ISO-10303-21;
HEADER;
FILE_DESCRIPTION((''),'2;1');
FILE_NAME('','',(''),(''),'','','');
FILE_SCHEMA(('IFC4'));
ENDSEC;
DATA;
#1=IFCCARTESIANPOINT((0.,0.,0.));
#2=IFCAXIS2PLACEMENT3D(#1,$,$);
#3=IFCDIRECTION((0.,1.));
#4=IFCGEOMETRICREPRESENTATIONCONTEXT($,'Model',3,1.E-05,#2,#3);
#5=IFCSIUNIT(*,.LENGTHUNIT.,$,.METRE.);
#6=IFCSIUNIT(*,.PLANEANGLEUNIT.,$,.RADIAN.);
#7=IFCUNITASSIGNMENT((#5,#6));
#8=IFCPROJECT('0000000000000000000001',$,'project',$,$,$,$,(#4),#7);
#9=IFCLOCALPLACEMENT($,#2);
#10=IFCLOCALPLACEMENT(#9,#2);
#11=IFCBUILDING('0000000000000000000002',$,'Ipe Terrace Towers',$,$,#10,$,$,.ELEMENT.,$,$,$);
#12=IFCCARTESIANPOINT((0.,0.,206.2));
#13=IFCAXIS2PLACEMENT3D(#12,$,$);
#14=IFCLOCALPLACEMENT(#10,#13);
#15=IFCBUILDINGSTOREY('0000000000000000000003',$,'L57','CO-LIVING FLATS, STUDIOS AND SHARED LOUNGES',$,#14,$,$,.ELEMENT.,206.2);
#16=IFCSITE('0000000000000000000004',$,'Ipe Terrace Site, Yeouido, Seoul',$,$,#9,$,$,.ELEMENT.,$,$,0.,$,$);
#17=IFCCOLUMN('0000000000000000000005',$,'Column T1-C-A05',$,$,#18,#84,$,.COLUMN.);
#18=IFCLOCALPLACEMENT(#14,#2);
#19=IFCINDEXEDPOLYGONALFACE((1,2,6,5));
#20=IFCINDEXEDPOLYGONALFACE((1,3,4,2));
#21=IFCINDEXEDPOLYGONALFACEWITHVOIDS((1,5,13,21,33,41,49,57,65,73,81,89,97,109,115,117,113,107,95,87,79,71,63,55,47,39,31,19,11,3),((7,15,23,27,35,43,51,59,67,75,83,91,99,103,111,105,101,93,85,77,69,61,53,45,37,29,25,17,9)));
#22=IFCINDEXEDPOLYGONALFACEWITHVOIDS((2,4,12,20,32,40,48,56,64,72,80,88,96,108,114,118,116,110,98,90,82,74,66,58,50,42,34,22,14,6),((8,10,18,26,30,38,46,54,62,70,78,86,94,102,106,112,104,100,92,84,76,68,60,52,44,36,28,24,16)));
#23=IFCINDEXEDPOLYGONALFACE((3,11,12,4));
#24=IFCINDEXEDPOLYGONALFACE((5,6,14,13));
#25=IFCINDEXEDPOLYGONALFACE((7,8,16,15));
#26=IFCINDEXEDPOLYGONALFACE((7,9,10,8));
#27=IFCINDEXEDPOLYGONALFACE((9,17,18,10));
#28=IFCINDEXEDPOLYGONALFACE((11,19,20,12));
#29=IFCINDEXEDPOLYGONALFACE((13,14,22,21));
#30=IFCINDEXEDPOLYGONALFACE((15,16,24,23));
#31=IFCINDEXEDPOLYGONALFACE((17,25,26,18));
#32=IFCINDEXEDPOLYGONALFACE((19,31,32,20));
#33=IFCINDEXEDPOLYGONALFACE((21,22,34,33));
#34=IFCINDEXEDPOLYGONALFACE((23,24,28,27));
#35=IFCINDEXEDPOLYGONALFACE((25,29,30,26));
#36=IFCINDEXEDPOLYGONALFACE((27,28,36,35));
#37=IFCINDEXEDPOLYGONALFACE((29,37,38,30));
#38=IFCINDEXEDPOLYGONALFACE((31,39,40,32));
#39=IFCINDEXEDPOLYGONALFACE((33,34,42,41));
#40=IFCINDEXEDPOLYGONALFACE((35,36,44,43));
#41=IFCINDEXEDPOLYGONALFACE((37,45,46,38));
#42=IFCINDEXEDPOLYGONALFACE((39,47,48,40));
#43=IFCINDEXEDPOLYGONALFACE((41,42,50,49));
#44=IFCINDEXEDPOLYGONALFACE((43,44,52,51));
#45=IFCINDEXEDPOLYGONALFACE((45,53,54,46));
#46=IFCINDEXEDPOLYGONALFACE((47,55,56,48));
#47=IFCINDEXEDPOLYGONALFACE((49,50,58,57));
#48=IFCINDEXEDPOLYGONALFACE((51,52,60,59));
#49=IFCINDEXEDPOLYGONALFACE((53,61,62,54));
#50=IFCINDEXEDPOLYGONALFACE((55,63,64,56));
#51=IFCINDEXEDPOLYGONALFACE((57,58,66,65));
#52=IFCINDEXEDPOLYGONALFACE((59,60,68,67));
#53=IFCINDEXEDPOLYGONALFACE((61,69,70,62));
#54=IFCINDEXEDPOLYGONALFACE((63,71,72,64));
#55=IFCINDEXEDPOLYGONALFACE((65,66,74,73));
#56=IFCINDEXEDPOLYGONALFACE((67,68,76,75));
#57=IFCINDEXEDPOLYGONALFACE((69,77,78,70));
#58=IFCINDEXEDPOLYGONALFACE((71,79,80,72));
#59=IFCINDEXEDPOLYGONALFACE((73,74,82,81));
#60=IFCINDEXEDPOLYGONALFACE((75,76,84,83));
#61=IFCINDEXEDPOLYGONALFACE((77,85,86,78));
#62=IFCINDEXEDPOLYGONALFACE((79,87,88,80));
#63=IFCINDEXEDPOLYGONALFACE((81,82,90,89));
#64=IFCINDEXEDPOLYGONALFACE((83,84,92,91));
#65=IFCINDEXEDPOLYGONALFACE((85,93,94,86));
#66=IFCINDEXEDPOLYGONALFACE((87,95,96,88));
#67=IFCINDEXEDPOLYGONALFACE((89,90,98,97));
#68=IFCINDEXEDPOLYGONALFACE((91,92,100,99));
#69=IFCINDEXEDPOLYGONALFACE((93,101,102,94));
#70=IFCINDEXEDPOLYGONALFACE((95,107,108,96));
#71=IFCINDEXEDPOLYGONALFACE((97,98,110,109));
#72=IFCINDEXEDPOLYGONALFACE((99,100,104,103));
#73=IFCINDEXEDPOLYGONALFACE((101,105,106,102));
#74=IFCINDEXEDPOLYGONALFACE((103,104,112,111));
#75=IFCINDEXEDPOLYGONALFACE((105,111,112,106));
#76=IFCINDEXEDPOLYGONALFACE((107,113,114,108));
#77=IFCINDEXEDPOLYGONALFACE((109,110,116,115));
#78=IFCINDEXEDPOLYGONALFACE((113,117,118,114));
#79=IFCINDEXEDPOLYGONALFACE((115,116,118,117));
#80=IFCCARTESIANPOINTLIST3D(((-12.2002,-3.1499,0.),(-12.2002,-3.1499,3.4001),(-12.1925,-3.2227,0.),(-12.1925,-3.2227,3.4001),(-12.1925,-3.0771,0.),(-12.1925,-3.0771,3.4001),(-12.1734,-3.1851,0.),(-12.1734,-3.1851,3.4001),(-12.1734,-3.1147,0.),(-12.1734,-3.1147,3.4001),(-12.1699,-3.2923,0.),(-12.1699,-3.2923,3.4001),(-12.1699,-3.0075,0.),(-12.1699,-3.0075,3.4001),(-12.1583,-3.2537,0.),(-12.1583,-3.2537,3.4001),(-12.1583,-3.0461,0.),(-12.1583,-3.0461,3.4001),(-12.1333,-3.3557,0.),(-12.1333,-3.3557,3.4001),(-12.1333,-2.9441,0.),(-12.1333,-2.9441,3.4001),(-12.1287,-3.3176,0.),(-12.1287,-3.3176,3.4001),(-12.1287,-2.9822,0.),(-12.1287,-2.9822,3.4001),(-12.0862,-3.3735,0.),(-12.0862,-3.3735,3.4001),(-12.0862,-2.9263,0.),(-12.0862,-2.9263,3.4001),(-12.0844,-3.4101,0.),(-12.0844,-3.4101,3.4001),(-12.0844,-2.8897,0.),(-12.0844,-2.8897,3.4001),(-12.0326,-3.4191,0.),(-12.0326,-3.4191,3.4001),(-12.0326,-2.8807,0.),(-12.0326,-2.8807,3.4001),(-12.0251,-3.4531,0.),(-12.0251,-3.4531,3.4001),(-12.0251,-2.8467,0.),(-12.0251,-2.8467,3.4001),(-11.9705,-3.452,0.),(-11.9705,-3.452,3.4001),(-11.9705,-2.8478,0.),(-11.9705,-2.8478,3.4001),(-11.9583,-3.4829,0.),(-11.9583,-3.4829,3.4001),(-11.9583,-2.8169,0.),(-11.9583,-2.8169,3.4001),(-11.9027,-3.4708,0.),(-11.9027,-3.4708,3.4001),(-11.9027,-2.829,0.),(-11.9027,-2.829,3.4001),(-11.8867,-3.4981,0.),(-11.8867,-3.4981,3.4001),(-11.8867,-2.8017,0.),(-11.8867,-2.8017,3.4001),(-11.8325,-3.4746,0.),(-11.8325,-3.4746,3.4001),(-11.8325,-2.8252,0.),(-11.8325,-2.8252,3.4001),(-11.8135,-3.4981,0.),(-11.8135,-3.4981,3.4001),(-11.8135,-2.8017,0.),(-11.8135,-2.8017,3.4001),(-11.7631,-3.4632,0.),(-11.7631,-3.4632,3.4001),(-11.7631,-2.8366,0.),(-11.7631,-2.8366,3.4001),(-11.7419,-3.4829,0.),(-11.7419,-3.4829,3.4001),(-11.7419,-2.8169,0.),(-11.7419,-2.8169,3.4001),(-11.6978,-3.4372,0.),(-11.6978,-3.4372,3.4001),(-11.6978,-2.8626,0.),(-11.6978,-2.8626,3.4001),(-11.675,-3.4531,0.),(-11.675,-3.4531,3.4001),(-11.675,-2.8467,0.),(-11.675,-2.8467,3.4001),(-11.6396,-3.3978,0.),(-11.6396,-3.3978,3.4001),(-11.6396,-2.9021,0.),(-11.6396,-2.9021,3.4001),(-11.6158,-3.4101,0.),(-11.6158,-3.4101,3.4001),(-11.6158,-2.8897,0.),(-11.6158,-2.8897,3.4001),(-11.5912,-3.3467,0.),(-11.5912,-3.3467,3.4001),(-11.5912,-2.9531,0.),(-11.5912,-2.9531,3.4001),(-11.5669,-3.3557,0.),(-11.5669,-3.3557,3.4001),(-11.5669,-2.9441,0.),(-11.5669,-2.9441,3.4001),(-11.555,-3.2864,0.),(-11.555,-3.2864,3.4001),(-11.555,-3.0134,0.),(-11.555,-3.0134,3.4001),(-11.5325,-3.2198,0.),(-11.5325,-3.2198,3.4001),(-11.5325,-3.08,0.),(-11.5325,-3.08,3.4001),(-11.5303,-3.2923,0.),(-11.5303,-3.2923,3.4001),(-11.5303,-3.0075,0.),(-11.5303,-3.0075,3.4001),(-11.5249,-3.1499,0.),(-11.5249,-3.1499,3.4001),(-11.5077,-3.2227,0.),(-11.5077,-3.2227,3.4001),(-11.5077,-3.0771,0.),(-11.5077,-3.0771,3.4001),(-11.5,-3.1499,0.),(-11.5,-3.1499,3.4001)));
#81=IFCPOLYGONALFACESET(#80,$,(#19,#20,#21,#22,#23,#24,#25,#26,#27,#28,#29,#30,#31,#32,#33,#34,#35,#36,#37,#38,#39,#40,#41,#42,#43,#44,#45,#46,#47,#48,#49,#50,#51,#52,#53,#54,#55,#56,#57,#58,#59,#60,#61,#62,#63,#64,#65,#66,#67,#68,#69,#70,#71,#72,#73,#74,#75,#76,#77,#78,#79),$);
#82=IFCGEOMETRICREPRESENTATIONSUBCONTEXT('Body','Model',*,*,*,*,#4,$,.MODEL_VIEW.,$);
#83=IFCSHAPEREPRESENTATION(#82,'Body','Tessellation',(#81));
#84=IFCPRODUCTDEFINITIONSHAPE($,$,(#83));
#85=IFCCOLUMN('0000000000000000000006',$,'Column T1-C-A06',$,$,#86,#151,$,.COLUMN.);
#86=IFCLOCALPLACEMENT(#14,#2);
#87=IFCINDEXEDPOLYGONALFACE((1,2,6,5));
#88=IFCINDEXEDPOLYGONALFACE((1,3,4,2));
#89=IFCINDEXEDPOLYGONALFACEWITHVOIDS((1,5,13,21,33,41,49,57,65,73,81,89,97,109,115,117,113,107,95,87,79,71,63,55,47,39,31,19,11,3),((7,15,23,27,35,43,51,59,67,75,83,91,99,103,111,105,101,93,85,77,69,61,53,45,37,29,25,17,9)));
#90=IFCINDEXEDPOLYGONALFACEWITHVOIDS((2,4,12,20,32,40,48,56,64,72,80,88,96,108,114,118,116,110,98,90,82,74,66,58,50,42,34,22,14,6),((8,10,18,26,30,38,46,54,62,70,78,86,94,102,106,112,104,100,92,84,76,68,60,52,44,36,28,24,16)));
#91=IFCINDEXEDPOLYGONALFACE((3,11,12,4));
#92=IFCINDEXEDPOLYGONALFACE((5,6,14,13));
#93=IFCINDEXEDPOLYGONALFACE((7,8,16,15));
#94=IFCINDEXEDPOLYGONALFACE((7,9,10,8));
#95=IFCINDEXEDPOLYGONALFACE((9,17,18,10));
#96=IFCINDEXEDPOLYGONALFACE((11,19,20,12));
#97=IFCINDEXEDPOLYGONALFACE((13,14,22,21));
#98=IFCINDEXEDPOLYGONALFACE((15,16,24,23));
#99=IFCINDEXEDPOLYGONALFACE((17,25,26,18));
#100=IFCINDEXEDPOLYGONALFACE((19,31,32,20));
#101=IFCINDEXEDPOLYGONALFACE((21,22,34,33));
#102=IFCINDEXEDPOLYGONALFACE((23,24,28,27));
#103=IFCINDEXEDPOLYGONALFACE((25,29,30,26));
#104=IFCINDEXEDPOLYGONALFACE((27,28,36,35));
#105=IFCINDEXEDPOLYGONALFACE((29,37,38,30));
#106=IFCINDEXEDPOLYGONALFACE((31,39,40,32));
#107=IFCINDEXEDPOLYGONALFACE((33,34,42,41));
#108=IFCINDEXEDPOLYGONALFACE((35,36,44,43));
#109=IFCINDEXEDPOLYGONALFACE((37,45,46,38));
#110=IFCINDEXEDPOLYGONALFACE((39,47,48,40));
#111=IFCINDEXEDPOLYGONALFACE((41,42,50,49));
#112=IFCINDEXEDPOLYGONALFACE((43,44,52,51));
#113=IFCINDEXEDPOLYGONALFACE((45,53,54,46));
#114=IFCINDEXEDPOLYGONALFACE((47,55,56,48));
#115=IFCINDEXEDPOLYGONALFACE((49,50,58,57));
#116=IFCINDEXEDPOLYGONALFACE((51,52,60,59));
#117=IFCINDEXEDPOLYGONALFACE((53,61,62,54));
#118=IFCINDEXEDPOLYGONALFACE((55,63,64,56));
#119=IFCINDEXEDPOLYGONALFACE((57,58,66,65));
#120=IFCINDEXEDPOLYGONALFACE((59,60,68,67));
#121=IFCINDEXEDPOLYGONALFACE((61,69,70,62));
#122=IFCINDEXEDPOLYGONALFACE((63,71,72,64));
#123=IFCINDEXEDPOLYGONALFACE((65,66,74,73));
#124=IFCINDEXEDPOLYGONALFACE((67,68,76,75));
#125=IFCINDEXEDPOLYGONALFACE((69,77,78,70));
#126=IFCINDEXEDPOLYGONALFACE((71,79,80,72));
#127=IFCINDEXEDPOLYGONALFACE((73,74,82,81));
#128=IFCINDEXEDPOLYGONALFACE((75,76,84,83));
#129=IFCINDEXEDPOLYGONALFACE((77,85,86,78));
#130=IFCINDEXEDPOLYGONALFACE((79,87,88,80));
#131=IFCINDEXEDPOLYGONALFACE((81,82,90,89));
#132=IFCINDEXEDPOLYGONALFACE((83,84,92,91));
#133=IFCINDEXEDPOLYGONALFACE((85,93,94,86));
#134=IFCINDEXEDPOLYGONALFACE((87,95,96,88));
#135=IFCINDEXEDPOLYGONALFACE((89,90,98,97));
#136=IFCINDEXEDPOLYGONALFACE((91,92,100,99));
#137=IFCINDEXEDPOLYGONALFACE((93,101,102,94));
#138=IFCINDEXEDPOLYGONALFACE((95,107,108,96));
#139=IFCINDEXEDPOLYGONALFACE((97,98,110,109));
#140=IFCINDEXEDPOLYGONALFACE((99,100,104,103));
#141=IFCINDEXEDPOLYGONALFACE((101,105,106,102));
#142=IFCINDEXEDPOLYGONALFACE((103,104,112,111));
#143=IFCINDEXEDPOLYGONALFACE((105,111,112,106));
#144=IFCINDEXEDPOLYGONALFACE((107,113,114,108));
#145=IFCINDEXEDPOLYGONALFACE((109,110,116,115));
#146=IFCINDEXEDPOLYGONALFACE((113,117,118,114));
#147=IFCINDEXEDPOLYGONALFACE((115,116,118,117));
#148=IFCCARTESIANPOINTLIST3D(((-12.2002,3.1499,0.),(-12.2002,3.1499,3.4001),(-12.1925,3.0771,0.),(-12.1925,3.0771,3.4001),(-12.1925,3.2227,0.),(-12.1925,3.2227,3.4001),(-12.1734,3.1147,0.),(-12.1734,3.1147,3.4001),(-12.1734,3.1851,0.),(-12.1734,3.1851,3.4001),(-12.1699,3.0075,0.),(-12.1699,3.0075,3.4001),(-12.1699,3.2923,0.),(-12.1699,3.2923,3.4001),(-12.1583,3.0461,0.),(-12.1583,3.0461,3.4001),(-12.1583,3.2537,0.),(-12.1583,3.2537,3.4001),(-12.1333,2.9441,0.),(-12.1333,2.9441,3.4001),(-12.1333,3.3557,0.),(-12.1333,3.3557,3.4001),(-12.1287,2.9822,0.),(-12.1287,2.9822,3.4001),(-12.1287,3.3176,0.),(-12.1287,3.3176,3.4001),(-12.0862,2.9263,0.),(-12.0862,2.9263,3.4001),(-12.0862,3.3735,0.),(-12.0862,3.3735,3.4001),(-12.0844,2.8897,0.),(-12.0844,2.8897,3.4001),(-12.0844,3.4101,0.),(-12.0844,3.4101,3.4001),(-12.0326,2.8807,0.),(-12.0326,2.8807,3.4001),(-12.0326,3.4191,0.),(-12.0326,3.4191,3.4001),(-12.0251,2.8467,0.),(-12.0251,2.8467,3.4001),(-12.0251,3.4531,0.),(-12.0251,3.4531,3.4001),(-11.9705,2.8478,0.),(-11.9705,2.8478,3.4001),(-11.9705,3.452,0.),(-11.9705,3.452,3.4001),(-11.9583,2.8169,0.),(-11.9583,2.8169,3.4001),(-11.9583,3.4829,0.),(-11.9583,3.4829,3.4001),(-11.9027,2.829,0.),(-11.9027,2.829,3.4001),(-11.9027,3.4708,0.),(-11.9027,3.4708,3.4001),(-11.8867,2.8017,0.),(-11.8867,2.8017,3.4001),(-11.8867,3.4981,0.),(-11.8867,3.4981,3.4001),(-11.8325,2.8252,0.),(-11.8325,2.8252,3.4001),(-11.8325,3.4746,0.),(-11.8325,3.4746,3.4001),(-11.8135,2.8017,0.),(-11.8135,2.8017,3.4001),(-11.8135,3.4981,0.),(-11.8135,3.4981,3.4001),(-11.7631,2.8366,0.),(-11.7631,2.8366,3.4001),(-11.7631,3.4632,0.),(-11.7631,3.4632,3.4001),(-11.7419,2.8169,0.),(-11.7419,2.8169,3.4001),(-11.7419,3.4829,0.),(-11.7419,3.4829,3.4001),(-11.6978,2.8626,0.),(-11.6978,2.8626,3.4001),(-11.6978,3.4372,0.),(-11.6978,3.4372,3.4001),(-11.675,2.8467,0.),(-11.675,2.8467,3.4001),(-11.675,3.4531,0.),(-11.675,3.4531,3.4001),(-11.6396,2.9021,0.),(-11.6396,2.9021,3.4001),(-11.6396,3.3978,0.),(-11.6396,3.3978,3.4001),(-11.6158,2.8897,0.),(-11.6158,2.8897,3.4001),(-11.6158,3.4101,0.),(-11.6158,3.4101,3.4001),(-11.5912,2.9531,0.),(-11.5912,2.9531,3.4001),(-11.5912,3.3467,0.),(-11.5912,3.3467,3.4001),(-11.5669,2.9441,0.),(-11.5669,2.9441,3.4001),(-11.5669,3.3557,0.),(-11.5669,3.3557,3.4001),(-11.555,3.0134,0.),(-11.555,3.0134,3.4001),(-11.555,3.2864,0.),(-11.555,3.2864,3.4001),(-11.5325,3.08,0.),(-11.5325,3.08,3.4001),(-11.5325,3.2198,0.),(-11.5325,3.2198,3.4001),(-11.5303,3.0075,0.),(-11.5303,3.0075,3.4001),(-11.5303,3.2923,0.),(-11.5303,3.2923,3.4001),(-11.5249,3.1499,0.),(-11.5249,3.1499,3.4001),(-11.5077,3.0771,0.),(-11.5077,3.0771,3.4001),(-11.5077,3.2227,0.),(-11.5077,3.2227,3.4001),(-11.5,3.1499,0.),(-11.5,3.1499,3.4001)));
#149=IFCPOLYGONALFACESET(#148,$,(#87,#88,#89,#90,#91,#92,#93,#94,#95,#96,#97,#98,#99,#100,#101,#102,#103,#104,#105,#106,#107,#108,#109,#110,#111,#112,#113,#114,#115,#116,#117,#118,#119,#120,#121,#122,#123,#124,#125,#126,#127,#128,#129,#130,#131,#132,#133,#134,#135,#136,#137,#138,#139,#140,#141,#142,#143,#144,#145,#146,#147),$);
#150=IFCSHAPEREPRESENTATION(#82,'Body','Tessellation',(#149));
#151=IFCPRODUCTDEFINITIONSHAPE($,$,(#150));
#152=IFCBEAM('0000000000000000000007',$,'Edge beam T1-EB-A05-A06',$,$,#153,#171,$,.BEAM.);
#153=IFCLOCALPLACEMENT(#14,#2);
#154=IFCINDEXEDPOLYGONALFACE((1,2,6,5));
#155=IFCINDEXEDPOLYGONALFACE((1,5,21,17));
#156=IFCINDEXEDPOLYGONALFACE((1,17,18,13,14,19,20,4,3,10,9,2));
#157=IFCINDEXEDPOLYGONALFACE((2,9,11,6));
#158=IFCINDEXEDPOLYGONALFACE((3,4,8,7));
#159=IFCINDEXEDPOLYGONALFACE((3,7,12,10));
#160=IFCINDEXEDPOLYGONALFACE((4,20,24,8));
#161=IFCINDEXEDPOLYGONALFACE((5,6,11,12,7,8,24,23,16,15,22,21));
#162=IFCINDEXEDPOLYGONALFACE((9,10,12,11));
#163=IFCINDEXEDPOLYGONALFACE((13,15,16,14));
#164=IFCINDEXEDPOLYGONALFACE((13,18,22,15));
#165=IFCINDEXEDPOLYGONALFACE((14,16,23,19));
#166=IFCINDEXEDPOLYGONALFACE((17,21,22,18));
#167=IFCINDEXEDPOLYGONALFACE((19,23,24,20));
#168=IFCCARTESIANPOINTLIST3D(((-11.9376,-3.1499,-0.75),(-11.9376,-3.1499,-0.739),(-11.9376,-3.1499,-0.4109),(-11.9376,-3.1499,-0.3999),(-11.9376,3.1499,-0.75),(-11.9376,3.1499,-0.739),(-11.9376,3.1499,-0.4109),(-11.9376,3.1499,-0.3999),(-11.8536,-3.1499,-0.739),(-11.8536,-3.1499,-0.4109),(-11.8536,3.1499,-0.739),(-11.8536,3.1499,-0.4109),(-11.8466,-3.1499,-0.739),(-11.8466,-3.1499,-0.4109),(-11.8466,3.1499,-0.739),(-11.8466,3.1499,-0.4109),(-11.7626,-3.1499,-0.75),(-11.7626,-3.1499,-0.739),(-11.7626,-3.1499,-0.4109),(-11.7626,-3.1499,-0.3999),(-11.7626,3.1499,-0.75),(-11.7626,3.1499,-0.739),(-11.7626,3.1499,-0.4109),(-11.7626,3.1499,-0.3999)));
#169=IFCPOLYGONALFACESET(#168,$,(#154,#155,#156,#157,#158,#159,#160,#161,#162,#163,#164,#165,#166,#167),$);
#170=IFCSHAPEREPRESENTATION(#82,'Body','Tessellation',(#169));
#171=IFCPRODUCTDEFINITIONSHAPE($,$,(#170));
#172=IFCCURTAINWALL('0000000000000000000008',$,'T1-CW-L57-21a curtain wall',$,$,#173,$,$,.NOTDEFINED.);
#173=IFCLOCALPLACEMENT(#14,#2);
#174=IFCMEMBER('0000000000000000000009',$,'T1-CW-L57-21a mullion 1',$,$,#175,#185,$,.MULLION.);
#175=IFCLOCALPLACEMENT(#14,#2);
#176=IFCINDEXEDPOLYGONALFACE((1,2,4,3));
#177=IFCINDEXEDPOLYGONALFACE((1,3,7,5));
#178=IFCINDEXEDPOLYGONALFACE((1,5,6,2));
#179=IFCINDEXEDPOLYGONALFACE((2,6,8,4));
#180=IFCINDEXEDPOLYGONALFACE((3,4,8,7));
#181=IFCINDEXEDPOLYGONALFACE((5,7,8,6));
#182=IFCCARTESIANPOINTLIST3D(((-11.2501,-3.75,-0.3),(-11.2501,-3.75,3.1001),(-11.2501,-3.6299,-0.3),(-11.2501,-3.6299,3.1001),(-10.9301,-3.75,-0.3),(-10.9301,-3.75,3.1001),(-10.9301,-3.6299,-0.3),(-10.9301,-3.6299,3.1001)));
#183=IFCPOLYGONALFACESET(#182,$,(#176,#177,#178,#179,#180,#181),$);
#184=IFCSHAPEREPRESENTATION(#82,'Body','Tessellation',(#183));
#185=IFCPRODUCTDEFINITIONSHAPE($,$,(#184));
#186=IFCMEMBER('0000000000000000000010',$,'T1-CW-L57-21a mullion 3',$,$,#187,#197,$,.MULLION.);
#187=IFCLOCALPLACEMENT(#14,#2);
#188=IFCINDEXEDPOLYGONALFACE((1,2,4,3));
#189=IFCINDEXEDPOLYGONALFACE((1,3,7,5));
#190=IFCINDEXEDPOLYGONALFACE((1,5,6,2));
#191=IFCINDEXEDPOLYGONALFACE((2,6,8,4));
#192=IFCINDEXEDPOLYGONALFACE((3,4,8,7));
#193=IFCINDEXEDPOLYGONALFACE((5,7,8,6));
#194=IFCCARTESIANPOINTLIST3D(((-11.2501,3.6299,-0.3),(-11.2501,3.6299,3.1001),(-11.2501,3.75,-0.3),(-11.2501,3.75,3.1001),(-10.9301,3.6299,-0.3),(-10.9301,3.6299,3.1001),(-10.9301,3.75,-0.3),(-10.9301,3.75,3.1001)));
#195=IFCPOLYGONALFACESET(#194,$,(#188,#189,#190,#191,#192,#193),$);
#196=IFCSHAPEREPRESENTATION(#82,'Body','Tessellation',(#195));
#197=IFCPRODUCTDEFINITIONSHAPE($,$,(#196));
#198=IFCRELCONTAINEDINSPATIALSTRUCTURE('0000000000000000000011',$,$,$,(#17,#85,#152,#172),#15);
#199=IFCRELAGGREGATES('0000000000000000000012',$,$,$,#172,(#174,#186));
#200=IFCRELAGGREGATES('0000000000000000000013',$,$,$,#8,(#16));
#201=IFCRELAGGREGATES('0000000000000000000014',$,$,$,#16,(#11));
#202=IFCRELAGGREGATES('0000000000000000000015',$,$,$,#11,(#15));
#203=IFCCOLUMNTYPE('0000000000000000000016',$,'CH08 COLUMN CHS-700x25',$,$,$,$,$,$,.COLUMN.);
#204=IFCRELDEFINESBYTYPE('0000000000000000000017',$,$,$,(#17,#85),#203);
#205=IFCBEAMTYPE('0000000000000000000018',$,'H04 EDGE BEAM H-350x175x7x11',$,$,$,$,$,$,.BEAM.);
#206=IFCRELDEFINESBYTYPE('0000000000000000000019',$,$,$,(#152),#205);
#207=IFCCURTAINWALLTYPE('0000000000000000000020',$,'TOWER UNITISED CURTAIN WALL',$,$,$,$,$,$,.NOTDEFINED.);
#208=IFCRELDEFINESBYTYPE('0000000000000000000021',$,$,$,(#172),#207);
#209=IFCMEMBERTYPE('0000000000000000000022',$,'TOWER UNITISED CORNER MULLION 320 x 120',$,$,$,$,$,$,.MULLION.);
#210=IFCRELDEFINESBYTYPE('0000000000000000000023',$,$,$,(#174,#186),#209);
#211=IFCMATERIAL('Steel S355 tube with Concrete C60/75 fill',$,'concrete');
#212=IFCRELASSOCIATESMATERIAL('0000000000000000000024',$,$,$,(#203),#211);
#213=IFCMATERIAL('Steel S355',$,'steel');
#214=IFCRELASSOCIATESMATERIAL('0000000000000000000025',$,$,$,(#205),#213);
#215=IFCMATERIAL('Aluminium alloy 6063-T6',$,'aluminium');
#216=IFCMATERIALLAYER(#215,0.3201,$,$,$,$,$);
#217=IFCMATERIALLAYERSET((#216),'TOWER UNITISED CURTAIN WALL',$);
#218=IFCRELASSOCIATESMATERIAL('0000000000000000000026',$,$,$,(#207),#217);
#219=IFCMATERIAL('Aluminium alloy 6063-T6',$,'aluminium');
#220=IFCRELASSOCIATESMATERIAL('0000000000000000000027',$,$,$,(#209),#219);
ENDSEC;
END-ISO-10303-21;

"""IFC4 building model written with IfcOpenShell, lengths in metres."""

from ifc_helpers import new_model, si_unit, direction, frame, origin, origin_2d, place, context, subcontext, project, spatial, rectangle, hollow_circle, i_section, extrude, material, layer, layer_set, material_profile, profile_set, type_object, element, aggregate, save


model = new_model("IFC4")

# Units and contexts
model_context = context("Model", 3, precision=1e-05, world=origin(), true_north=direction((0.0, 1.0)))
body_context = subcontext(model_context, "Body", "Model", "MODEL_VIEW")
ifc_project = project(units=[si_unit("LENGTHUNIT", "METRE"), si_unit("PLANEANGLEUNIT", "RADIAN")], contexts=[model_context])

# Site, building, storey
site_placement = place(None, origin())
site = spatial("IfcSite", under=ifc_project, at=site_placement, Name="Ipe Terrace Site, Yeouido, Seoul", CompositionType="ELEMENT", RefElevation=0.0)
building_placement = place(site_placement, origin())
building = spatial("IfcBuilding", under=site, at=building_placement, Name="Ipe Terrace Towers", CompositionType="ELEMENT")
storey_placement = place(building_placement, frame((0.0, 0.0, 206.2)))
storey = spatial("IfcBuildingStorey", under=building, at=storey_placement, Name="L57", Description="CO-LIVING FLATS, STUDIOS AND SHARED LOUNGES", CompositionType="ELEMENT", Elevation=206.2)

# Columns
ifc_material_1 = material(Name="Steel S355 tube with Concrete C60/75 fill", Category="concrete")
ifc_material_profile_1 = material_profile(ifc_material_1, hollow_circle(Radius=0.3501, WallThickness=0.0249, at=origin_2d()), Name="CHS-700x25")
ifc_profile_set_1 = profile_set([ifc_material_profile_1], Name="Steel S355 tube with Concrete C60/75 fill")
column_type = type_object("IfcColumnType", Name="CH08 COLUMN CHS-700x25", PredefinedType="COLUMN", material=ifc_profile_set_1)
for number, where, z_axis, x_axis, name in (
    (1, (-11.8501, -3.1499, 0.0), (0.0, 0.0, 1.0), (1.0, 0.0, 0.0), "Column T1-C-A05"),
    (2, (-11.8501, 3.1499, 0.0), (0.0, 0.0, 1.0), (1.0, 0.0, 0.0), "Column T1-C-A06"),
):
    element("IfcColumn", number, at=place(storey_placement, frame(where, z_axis=z_axis, x_axis=x_axis)), inside=storey, type_object=column_type, Name=name, PredefinedType="COLUMN", context=body_context, shape_type="SweptSolid", body=[
        extrude(hollow_circle(Radius=0.3501, WallThickness=0.0249, at=origin_2d()), origin(), (0.0, 0.0, 1.0), 3.4001),
    ])

# Beam
ifc_material_2 = material(Name="Steel S355", Category="steel")
ifc_material_profile_2 = material_profile(ifc_material_2, i_section(OverallWidth=0.175, OverallDepth=0.3501, WebThickness=0.0071, FlangeThickness=0.011, at=origin_2d()), Name="H-350x175x7x11")
ifc_profile_set_2 = profile_set([ifc_material_profile_2], Name="Steel S355")
beam_type = type_object("IfcBeamType", Name="H04 EDGE BEAM H-350x175x7x11", PredefinedType="BEAM", material=ifc_profile_set_2)
beam_placement = place(storey_placement, frame((-11.8501, -3.1499, -0.575), z_axis=(0.0, 1.0, 0.0), x_axis=(-1.0, 0.0, 0.0)))
element("IfcBeam", 3, at=beam_placement, inside=storey, type_object=beam_type, Name="Edge beam T1-EB-A05-A06", PredefinedType="BEAM", context=body_context, shape_type="SweptSolid", body=[
    extrude(i_section(OverallWidth=0.175, OverallDepth=0.3501, WebThickness=0.0071, FlangeThickness=0.011, at=origin_2d()), origin(), (0.0, 0.0, 1.0), 6.2998),
])

# Curtain wall, members
ifc_material_3 = material(Name="Aluminium alloy 6063-T6", Category="aluminium")
ifc_layer_1 = layer(ifc_material_3, 0.3201)
ifc_layer_set_1 = layer_set([ifc_layer_1], Name="TOWER UNITISED CURTAIN WALL")
curtain_wall_type = type_object("IfcCurtainWallType", Name="TOWER UNITISED CURTAIN WALL", PredefinedType="NOTDEFINED", material=ifc_layer_set_1)
curtain_wall_1_placement = place(storey_placement, origin())
curtain_wall_1 = element("IfcCurtainWall", 4, at=curtain_wall_1_placement, inside=storey, type_object=curtain_wall_type, Name="T1-CW-L57-21a curtain wall", PredefinedType="NOTDEFINED")
ifc_material_4 = material(Name="Aluminium alloy 6063-T6", Category="aluminium")
ifc_material_profile_3 = material_profile(ifc_material_4, rectangle(XDim=0.3201, YDim=0.1201, at=origin_2d()), Name="TOWER UNITISED CORNER MULLION 320 x 120")
ifc_profile_set_3 = profile_set([ifc_material_profile_3], Name="Aluminium alloy 6063-T6")
member_type_1 = type_object("IfcMemberType", Name="TOWER UNITISED CORNER MULLION 320 x 120", PredefinedType="MULLION", material=ifc_profile_set_3)
member_1_placement = place(storey_placement, frame((-11.0901, -3.6899, -0.3), z_axis=(0.0, 0.0, 1.0), x_axis=(1.0, 0.0, 0.0)))
member_1 = element("IfcMember", 5, at=member_1_placement, type_object=member_type_1, Name="T1-CW-L57-21a mullion 1", PredefinedType="MULLION", context=body_context, shape_type="SweptSolid", body=[
    extrude(rectangle(XDim=0.3201, YDim=0.1201, at=origin_2d()), origin(), (0.0, 0.0, 1.0), 3.4001),
])
member_2_placement = place(storey_placement, frame((-11.0901, 3.6899, -0.3), z_axis=(0.0, 0.0, 1.0), x_axis=(1.0, 0.0, 0.0)))
member_2 = element("IfcMember", 6, at=member_2_placement, type_object=member_type_1, Name="T1-CW-L57-21a mullion 3", PredefinedType="MULLION", context=body_context, shape_type="SweptSolid", body=[
    extrude(rectangle(XDim=0.3201, YDim=0.1201, at=origin_2d()), origin(), (0.0, 0.0, 1.0), 3.4001),
])

aggregate(curtain_wall_1, [member_1, member_2])

save(model, "model.ifc")
